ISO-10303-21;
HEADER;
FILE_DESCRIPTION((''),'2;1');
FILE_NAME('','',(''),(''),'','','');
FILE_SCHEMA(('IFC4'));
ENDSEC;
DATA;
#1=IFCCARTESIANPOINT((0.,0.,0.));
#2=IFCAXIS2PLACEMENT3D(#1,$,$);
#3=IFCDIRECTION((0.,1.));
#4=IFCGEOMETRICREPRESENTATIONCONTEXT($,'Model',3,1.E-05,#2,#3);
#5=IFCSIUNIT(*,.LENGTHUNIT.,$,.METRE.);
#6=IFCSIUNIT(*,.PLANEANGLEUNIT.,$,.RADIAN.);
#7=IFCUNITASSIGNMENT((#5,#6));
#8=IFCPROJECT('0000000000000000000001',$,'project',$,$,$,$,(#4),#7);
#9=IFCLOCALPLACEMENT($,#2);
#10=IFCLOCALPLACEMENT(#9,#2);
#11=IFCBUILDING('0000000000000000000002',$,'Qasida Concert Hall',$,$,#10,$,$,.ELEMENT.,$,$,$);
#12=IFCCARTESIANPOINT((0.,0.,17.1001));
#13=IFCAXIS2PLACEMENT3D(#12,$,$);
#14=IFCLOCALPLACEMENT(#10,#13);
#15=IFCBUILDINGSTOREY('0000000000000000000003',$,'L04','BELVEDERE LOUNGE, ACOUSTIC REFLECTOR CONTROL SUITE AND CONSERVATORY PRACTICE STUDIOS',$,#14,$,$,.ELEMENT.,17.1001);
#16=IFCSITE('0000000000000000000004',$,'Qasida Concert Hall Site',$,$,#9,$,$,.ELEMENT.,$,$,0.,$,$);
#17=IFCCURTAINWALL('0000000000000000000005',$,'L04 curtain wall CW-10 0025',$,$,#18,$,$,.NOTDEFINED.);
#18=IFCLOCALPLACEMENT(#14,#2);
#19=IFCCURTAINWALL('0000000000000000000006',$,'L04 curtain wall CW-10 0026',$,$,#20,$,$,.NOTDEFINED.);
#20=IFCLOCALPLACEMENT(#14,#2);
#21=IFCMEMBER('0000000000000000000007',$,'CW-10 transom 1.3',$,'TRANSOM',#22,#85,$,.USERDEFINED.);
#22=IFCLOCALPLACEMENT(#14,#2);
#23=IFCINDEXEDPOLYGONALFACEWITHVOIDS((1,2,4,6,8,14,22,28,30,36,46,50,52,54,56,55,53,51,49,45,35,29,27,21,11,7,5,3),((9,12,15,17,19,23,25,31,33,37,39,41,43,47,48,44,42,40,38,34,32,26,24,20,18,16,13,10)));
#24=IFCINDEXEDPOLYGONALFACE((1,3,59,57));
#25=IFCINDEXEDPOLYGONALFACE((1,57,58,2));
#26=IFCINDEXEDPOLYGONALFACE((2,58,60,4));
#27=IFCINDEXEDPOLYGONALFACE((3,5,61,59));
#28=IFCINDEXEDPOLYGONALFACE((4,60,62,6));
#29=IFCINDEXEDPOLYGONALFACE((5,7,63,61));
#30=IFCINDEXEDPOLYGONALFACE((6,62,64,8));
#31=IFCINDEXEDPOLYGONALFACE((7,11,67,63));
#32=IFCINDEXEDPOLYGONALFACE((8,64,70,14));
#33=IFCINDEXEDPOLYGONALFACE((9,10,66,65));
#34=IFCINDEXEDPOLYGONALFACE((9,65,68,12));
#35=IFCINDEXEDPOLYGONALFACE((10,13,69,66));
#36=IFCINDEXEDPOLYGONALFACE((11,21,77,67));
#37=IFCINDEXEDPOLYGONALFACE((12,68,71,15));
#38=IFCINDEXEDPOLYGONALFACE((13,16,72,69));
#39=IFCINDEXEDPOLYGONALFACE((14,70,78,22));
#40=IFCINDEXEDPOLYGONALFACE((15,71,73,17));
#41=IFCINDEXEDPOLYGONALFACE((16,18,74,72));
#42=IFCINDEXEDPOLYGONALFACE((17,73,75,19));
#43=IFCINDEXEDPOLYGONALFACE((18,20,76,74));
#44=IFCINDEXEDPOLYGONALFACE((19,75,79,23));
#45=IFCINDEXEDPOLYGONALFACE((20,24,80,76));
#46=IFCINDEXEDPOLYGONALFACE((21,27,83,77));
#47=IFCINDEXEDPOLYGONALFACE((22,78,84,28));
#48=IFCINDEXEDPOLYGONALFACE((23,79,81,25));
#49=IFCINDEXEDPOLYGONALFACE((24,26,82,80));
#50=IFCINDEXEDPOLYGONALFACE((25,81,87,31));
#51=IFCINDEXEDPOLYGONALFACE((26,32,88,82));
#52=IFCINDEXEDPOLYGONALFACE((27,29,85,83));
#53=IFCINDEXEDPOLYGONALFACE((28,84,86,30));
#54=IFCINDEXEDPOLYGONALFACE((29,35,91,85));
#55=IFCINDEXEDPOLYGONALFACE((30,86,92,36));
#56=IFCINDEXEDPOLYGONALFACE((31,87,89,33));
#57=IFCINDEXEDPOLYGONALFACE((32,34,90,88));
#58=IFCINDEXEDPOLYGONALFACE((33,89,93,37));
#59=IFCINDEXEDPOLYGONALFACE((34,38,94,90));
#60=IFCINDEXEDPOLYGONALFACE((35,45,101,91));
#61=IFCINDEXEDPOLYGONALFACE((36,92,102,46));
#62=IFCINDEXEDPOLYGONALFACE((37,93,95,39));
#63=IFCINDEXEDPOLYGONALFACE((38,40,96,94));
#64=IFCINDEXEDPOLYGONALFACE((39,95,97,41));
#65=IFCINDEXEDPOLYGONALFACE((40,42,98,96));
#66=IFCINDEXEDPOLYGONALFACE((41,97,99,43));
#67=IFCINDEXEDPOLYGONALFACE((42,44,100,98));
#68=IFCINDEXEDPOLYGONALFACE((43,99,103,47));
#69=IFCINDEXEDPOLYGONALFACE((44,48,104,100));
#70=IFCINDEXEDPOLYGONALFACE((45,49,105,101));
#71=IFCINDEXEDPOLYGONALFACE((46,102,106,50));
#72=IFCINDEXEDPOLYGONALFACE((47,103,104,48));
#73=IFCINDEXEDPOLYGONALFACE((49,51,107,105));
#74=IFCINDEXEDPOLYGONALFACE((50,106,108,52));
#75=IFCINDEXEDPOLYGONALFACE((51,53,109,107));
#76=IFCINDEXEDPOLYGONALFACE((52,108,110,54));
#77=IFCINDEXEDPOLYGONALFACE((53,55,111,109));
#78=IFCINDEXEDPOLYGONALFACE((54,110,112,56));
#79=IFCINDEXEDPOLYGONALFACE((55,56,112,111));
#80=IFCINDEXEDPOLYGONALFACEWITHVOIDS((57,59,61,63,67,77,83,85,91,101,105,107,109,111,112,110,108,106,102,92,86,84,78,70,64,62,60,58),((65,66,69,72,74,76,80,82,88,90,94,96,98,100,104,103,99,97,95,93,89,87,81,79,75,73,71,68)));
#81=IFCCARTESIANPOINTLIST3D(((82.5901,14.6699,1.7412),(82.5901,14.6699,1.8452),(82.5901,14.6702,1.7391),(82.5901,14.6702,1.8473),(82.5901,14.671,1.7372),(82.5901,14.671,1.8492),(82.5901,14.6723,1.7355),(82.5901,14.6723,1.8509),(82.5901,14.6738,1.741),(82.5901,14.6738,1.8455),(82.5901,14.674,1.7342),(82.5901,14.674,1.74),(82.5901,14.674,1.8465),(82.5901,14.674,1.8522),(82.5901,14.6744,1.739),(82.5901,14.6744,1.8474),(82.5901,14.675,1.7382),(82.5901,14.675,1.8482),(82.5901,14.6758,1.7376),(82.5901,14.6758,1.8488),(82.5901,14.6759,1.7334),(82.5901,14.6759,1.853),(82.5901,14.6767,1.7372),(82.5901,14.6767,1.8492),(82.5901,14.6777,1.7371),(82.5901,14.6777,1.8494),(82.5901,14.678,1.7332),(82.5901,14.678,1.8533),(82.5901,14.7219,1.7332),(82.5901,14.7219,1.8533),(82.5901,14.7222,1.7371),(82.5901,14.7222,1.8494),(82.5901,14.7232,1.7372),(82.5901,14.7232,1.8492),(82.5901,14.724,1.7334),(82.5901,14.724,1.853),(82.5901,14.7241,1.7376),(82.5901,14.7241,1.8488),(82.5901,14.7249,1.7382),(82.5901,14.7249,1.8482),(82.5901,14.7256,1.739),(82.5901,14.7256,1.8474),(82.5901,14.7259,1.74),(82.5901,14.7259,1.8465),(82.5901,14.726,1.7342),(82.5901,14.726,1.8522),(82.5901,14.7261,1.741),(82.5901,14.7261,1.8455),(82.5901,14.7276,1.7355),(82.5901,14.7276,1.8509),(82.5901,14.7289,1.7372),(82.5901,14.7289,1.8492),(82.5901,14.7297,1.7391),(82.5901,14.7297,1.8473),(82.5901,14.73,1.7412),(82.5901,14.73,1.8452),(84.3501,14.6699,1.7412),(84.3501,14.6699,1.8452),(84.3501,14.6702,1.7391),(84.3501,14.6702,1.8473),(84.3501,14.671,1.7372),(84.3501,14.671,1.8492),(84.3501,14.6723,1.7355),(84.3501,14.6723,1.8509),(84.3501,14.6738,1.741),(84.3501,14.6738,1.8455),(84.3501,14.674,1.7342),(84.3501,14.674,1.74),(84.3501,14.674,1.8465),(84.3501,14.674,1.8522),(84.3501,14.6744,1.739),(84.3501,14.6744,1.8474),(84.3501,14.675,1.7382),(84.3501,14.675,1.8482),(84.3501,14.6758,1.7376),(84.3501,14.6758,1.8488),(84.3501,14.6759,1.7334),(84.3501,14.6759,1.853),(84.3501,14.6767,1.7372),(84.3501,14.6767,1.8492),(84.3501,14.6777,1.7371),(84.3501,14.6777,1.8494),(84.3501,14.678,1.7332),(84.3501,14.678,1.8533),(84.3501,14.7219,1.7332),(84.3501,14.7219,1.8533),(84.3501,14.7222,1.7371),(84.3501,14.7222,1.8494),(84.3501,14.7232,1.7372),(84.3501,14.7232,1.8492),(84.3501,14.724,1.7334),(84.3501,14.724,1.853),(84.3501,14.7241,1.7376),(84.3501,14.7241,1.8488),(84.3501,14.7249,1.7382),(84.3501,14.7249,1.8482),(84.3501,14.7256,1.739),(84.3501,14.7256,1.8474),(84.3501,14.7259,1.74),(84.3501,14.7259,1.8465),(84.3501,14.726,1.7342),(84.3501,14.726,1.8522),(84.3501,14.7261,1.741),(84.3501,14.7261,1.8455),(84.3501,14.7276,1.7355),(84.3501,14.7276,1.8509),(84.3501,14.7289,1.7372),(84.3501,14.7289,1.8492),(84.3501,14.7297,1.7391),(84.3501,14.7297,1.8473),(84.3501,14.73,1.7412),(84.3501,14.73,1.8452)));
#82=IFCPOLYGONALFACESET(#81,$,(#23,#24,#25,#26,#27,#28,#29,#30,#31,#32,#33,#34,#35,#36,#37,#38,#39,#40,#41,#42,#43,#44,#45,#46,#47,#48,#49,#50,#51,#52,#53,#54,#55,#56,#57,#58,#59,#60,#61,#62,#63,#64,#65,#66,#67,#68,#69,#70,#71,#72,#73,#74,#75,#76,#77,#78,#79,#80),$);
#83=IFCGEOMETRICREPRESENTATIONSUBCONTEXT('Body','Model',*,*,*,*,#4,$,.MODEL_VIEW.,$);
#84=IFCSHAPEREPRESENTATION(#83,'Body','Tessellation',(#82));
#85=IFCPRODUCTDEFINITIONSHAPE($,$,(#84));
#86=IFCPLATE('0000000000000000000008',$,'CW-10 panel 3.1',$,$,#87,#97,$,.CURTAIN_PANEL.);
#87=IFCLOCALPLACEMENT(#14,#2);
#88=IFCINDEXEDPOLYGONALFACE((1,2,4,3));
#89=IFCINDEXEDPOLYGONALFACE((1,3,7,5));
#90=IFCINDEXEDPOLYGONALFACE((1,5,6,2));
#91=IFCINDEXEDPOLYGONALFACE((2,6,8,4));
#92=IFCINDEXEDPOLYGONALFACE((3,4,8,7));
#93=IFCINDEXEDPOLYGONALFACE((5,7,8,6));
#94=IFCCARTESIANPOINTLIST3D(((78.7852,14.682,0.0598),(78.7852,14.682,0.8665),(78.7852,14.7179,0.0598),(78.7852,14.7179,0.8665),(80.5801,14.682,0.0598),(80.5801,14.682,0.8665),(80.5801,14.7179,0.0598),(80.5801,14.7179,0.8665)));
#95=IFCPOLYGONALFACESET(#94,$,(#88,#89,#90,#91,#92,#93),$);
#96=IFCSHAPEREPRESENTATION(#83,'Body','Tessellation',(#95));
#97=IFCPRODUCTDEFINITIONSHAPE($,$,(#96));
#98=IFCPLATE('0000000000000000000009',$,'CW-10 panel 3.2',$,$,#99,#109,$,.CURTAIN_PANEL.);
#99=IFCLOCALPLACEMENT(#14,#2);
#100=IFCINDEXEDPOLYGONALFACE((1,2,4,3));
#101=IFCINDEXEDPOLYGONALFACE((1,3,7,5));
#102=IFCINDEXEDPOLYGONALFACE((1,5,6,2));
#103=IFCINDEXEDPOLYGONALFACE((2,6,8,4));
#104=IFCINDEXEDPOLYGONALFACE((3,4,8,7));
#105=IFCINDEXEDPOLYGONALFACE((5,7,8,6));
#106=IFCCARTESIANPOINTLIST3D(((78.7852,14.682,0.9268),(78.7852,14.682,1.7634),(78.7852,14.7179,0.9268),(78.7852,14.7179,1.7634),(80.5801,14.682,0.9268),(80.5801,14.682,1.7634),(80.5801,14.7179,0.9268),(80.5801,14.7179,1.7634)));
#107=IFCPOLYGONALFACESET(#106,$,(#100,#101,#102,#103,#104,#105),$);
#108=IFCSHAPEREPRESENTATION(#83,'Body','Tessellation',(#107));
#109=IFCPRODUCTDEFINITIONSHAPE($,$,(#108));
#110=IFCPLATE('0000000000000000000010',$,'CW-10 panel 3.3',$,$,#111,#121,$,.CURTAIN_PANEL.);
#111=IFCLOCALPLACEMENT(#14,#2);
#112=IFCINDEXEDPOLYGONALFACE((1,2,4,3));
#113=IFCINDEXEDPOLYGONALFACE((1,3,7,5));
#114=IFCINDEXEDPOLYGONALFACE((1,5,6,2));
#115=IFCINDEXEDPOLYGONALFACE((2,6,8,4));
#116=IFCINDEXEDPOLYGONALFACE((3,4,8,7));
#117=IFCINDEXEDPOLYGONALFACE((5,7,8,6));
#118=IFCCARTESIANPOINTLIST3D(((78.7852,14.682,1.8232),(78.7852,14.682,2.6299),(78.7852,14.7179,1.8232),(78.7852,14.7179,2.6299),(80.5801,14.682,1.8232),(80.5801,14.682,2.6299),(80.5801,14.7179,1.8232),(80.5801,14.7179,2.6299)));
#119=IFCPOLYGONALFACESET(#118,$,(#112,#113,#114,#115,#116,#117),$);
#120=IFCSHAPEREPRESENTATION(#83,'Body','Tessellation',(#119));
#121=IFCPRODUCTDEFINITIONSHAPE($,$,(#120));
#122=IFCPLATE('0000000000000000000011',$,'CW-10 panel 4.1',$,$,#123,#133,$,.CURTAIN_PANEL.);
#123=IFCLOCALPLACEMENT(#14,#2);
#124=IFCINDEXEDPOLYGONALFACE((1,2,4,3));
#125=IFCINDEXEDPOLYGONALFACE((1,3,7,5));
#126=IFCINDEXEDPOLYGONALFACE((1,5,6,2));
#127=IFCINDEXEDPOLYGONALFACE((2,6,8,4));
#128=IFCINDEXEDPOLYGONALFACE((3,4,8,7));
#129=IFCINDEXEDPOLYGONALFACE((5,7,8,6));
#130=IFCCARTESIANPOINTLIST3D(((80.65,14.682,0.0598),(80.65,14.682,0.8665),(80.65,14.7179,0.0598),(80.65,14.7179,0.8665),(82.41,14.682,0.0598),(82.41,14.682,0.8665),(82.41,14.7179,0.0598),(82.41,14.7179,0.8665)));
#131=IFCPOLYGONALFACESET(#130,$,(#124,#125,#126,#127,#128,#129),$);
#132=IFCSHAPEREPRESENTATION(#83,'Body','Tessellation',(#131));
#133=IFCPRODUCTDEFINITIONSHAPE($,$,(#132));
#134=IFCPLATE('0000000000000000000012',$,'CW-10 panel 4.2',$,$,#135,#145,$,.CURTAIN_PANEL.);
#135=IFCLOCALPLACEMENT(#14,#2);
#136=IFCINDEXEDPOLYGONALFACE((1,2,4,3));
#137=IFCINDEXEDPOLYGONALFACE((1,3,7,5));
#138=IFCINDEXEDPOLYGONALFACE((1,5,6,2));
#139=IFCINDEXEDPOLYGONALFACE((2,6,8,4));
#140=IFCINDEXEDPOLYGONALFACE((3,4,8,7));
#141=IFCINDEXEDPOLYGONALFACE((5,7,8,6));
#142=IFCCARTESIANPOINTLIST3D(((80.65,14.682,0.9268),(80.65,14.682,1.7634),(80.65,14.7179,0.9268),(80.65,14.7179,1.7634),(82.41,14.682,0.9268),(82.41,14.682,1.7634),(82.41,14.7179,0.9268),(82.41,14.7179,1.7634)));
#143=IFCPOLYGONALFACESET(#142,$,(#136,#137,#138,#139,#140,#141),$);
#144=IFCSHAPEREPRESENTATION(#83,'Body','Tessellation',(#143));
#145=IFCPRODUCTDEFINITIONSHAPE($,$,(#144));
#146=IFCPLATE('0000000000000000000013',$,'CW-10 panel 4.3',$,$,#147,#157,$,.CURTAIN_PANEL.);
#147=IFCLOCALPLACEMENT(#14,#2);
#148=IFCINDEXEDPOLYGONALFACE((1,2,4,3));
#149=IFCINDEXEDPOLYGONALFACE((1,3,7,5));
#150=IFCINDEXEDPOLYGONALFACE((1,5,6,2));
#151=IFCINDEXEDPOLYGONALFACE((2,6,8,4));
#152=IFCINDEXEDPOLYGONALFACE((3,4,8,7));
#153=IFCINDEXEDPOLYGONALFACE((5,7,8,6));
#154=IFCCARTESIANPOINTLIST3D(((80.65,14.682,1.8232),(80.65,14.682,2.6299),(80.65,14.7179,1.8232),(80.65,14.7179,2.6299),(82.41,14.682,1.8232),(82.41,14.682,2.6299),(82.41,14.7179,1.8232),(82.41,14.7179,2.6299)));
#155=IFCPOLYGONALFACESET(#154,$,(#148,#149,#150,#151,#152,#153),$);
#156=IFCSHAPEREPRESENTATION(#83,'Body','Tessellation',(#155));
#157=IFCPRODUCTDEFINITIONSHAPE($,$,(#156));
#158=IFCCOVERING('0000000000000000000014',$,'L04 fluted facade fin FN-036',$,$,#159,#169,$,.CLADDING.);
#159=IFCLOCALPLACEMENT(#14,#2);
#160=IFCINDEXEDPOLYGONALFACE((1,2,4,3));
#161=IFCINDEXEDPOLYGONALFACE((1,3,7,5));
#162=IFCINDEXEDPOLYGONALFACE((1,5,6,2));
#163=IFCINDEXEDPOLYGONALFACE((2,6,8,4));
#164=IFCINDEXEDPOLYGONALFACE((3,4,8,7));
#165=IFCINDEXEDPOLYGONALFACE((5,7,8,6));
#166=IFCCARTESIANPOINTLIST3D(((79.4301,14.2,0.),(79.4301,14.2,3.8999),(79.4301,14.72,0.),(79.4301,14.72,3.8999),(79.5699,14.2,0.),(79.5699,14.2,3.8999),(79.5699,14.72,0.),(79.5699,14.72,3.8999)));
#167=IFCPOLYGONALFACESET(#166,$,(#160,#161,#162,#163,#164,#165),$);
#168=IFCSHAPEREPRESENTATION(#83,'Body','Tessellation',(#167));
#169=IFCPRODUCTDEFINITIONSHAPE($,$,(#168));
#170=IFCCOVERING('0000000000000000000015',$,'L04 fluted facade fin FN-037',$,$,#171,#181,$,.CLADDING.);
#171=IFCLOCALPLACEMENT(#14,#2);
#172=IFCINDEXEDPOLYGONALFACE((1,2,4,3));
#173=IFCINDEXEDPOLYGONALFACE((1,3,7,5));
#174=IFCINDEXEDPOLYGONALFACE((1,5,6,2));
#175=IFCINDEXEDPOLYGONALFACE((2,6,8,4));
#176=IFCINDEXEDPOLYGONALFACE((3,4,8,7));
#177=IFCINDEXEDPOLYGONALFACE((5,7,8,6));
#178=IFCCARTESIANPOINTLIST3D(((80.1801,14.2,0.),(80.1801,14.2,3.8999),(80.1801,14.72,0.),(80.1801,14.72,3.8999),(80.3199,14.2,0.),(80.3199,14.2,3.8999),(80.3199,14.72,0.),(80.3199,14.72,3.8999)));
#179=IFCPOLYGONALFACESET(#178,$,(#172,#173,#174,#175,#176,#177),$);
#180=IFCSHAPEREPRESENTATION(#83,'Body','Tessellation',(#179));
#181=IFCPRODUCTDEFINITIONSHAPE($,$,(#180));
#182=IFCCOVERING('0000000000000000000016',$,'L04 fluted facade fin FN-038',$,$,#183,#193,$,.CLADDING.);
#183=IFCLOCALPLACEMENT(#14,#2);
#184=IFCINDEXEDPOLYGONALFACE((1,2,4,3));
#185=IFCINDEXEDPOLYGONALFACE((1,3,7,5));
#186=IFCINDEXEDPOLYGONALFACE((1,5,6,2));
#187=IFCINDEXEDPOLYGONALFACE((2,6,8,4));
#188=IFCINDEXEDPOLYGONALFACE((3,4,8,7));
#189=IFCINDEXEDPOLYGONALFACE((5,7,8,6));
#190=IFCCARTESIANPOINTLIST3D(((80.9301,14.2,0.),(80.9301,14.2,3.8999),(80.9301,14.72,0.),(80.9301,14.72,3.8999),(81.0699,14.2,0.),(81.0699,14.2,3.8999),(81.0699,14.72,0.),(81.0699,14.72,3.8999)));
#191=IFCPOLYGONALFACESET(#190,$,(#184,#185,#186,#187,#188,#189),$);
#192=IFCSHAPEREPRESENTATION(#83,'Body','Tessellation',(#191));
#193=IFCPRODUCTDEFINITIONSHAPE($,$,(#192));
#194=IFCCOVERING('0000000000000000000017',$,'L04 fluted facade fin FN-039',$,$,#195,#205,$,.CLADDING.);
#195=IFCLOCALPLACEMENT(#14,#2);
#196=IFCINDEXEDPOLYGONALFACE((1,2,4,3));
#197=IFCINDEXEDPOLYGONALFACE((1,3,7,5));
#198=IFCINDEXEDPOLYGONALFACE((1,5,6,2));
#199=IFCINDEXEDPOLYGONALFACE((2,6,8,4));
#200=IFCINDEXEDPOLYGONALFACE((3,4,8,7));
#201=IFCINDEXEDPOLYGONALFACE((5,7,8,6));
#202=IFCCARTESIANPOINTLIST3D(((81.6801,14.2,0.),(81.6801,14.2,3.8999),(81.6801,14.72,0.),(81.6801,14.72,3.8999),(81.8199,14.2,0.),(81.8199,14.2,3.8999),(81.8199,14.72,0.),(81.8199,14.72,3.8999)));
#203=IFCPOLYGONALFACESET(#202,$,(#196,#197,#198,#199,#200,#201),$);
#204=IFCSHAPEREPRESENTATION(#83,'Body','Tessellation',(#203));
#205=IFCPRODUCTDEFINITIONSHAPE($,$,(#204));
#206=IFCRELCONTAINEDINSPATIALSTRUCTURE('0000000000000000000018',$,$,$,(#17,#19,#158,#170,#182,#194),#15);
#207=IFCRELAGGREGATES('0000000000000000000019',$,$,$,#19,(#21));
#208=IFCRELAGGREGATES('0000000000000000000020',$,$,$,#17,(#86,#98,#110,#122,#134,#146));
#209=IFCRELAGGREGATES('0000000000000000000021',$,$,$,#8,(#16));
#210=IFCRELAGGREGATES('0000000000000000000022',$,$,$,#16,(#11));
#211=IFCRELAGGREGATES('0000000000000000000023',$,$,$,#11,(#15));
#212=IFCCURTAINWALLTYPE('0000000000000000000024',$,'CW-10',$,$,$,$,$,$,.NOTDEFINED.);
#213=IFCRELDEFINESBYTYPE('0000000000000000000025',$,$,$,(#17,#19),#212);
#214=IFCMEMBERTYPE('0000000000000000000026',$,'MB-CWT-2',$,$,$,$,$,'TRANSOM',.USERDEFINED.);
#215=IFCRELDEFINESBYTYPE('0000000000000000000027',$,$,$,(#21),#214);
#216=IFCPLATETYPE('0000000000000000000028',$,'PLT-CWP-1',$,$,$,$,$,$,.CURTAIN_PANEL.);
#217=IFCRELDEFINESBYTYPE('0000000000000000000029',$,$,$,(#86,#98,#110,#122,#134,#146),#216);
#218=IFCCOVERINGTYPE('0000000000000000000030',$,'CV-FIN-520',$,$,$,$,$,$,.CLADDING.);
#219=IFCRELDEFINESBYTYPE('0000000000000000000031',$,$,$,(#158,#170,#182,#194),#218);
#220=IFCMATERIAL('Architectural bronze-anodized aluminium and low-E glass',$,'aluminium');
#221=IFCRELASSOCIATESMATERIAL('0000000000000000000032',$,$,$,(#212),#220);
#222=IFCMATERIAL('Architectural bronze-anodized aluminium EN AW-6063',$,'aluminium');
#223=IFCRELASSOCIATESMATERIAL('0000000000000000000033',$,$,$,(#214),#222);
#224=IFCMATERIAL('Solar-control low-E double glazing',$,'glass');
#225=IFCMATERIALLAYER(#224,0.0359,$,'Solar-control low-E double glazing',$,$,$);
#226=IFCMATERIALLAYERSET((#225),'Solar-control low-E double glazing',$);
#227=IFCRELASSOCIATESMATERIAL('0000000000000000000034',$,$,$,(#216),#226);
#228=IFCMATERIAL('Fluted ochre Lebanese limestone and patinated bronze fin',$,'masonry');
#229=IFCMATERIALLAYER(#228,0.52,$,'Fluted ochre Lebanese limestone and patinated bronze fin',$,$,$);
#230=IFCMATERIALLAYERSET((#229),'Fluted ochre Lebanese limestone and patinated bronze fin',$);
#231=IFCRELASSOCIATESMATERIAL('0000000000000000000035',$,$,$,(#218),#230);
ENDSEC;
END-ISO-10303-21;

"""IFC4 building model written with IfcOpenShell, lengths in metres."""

from ifc_helpers import new_model, si_unit, direction, frame, origin, origin_2d, place, context, subcontext, project, spatial, rectangle, hollow_rectangle, extrude, material, layer, layer_set, material_profile, profile_set, type_object, element, aggregate, save


model = new_model("IFC4")

# Units and contexts
model_context = context("Model", 3, precision=1e-05, world=origin(), true_north=direction((0.0, 1.0)))
body_context = subcontext(model_context, "Body", "Model", "MODEL_VIEW")
ifc_project = project(units=[si_unit("LENGTHUNIT", "METRE"), si_unit("PLANEANGLEUNIT", "RADIAN")], contexts=[model_context])

# Site, building, storey
site_placement = place(None, origin())
site = spatial("IfcSite", under=ifc_project, at=site_placement, Name="Qasida Concert Hall Site", CompositionType="ELEMENT", RefElevation=0.0)
building_placement = place(site_placement, origin())
building = spatial("IfcBuilding", under=site, at=building_placement, Name="Qasida Concert Hall", CompositionType="ELEMENT")
storey_placement = place(building_placement, frame((0.0, 0.0, 17.1001)))
storey = spatial("IfcBuildingStorey", under=building, at=storey_placement, Name="L04", Description="BELVEDERE LOUNGE, ACOUSTIC REFLECTOR CONTROL SUITE AND CONSERVATORY PRACTICE STUDIOS", CompositionType="ELEMENT", Elevation=17.1001)

# Curtain wall
ifc_material_1 = material(Name="Architectural bronze-anodized aluminium and low-E glass", Category="aluminium")
curtain_wall_type = type_object("IfcCurtainWallType", Name="CW-10", PredefinedType="NOTDEFINED", material=ifc_material_1)
curtain_wall_1_placement = place(storey_placement, origin())
curtain_wall_1 = element("IfcCurtainWall", 1, at=curtain_wall_1_placement, inside=storey, type_object=curtain_wall_type, Name="L04 curtain wall CW-10 0025", PredefinedType="NOTDEFINED")
ifc_material_2 = material(Name="Architectural bronze-anodized aluminium EN AW-6063", Category="aluminium")

# Curtain wall
curtain_wall_2_placement = place(storey_placement, origin())
curtain_wall_2 = element("IfcCurtainWall", 2, at=curtain_wall_2_placement, inside=storey, type_object=curtain_wall_type, Name="L04 curtain wall CW-10 0026", PredefinedType="NOTDEFINED")

# Member
ifc_material_profile_1 = material_profile(ifc_material_2, hollow_rectangle(XDim=0.0601, YDim=0.1201, WallThickness=0.0039, InnerFilletRadius=0.0039, OuterFilletRadius=0.0081, at=origin_2d()), Name="CWT 120x60x4")
ifc_profile_set_1 = profile_set([ifc_material_profile_1], Name="Architectural bronze-anodized aluminium EN AW-6063")
member_type_1 = type_object("IfcMemberType", Name="MB-CWT-2", ElementType="TRANSOM", PredefinedType="USERDEFINED", material=ifc_profile_set_1)
member_1_placement = place(storey_placement, frame((82.5901, 14.7, 1.7932), z_axis=(1.0, 0.0, 0.0), x_axis=(0.0, 1.0, 0.0)))
member_1 = element("IfcMember", 3, at=member_1_placement, type_object=member_type_1, Name="CW-10 transom 1.3", ObjectType="TRANSOM", PredefinedType="USERDEFINED", context=body_context, shape_type="SweptSolid", body=[
    extrude(hollow_rectangle(XDim=0.0601, YDim=0.1201, WallThickness=0.0039, InnerFilletRadius=0.0039, OuterFilletRadius=0.0081, at=origin_2d()), origin(), (0.0, 0.0, 1.0), 1.76),
])
aggregate(curtain_wall_2, [member_1])

# Plates
ifc_material_3 = material(Name="Solar-control low-E double glazing", Category="glass")
ifc_layer_1 = layer(ifc_material_3, 0.0359, Name="Solar-control low-E double glazing")
ifc_layer_set_1 = layer_set([ifc_layer_1], Name="Solar-control low-E double glazing")
plate_type = type_object("IfcPlateType", Name="PLT-CWP-1", PredefinedType="CURTAIN_PANEL", material=ifc_layer_set_1)
plate_1_placement = place(storey_placement, frame((79.6826, 14.7, 0.0598), z_axis=(0.0, 0.0, 1.0), x_axis=(1.0, 0.0, 0.0)))
plate_1 = element("IfcPlate", 4, at=plate_1_placement, type_object=plate_type, Name="CW-10 panel 3.1", PredefinedType="CURTAIN_PANEL", context=body_context, shape_type="SweptSolid", body=[
    extrude(rectangle(XDim=1.7949, YDim=0.0359, at=origin_2d()), origin(), (0.0, 0.0, 1.0), 0.8066),
])
plate_2_placement = place(storey_placement, frame((79.6826, 14.7, 0.9268), z_axis=(0.0, 0.0, 1.0), x_axis=(1.0, 0.0, 0.0)))
plate_2 = element("IfcPlate", 5, at=plate_2_placement, type_object=plate_type, Name="CW-10 panel 3.2", PredefinedType="CURTAIN_PANEL", context=body_context, shape_type="SweptSolid", body=[
    extrude(rectangle(XDim=1.7949, YDim=0.0359, at=origin_2d()), origin(), (0.0, 0.0, 1.0), 0.8367),
])
plate_3_placement = place(storey_placement, frame((79.6826, 14.7, 1.8232), z_axis=(0.0, 0.0, 1.0), x_axis=(1.0, 0.0, 0.0)))
plate_3 = element("IfcPlate", 6, at=plate_3_placement, type_object=plate_type, Name="CW-10 panel 3.3", PredefinedType="CURTAIN_PANEL", context=body_context, shape_type="SweptSolid", body=[
    extrude(rectangle(XDim=1.7949, YDim=0.0359, at=origin_2d()), origin(), (0.0, 0.0, 1.0), 0.8066),
])
plate_4_placement = place(storey_placement, frame((81.53, 14.7, 0.0598), z_axis=(0.0, 0.0, 1.0), x_axis=(1.0, 0.0, 0.0)))
plate_4 = element("IfcPlate", 7, at=plate_4_placement, type_object=plate_type, Name="CW-10 panel 4.1", PredefinedType="CURTAIN_PANEL", context=body_context, shape_type="SweptSolid", body=[
    extrude(rectangle(XDim=1.76, YDim=0.0359, at=origin_2d()), origin(), (0.0, 0.0, 1.0), 0.8066),
])
plate_5_placement = place(storey_placement, frame((81.53, 14.7, 0.9268), z_axis=(0.0, 0.0, 1.0), x_axis=(1.0, 0.0, 0.0)))
plate_5 = element("IfcPlate", 8, at=plate_5_placement, type_object=plate_type, Name="CW-10 panel 4.2", PredefinedType="CURTAIN_PANEL", context=body_context, shape_type="SweptSolid", body=[
    extrude(rectangle(XDim=1.76, YDim=0.0359, at=origin_2d()), origin(), (0.0, 0.0, 1.0), 0.8367),
])
plate_6_placement = place(storey_placement, frame((81.53, 14.7, 1.8232), z_axis=(0.0, 0.0, 1.0), x_axis=(1.0, 0.0, 0.0)))
plate_6 = element("IfcPlate", 9, at=plate_6_placement, type_object=plate_type, Name="CW-10 panel 4.3", PredefinedType="CURTAIN_PANEL", context=body_context, shape_type="SweptSolid", body=[
    extrude(rectangle(XDim=1.76, YDim=0.0359, at=origin_2d()), origin(), (0.0, 0.0, 1.0), 0.8066),
])
aggregate(curtain_wall_1, [plate_1, plate_2, plate_3, plate_4, plate_5, plate_6])

# Coverings
ifc_material_4 = material(Name="Fluted ochre Lebanese limestone and patinated bronze fin", Category="masonry")
ifc_layer_2 = layer(ifc_material_4, 0.52, Name="Fluted ochre Lebanese limestone and patinated bronze fin")
ifc_layer_set_2 = layer_set([ifc_layer_2], Name="Fluted ochre Lebanese limestone and patinated bronze fin")
covering_type = type_object("IfcCoveringType", Name="CV-FIN-520", PredefinedType="CLADDING", material=ifc_layer_set_2)
for number, where, z_axis, x_axis, name in (
    (10, (79.5, 14.46, 0.0), (0.0, 0.0, 1.0), (1.0, 0.0, 0.0), "L04 fluted facade fin FN-036"),
    (11, (80.25, 14.46, 0.0), (0.0, 0.0, 1.0), (1.0, 0.0, 0.0), "L04 fluted facade fin FN-037"),
    (12, (81.0, 14.46, 0.0), (0.0, 0.0, 1.0), (1.0, 0.0, 0.0), "L04 fluted facade fin FN-038"),
    (13, (81.75, 14.46, 0.0), (0.0, 0.0, 1.0), (1.0, 0.0, 0.0), "L04 fluted facade fin FN-039"),
):
    element("IfcCovering", number, at=place(storey_placement, frame(where, z_axis=z_axis, x_axis=x_axis)), inside=storey, type_object=covering_type, Name=name, PredefinedType="CLADDING", context=body_context, shape_type="SweptSolid", body=[
        extrude(rectangle(XDim=0.1399, YDim=0.52, at=origin_2d()), origin(), (0.0, 0.0, 1.0), 3.8999),
    ])

save(model, "model.ifc")
